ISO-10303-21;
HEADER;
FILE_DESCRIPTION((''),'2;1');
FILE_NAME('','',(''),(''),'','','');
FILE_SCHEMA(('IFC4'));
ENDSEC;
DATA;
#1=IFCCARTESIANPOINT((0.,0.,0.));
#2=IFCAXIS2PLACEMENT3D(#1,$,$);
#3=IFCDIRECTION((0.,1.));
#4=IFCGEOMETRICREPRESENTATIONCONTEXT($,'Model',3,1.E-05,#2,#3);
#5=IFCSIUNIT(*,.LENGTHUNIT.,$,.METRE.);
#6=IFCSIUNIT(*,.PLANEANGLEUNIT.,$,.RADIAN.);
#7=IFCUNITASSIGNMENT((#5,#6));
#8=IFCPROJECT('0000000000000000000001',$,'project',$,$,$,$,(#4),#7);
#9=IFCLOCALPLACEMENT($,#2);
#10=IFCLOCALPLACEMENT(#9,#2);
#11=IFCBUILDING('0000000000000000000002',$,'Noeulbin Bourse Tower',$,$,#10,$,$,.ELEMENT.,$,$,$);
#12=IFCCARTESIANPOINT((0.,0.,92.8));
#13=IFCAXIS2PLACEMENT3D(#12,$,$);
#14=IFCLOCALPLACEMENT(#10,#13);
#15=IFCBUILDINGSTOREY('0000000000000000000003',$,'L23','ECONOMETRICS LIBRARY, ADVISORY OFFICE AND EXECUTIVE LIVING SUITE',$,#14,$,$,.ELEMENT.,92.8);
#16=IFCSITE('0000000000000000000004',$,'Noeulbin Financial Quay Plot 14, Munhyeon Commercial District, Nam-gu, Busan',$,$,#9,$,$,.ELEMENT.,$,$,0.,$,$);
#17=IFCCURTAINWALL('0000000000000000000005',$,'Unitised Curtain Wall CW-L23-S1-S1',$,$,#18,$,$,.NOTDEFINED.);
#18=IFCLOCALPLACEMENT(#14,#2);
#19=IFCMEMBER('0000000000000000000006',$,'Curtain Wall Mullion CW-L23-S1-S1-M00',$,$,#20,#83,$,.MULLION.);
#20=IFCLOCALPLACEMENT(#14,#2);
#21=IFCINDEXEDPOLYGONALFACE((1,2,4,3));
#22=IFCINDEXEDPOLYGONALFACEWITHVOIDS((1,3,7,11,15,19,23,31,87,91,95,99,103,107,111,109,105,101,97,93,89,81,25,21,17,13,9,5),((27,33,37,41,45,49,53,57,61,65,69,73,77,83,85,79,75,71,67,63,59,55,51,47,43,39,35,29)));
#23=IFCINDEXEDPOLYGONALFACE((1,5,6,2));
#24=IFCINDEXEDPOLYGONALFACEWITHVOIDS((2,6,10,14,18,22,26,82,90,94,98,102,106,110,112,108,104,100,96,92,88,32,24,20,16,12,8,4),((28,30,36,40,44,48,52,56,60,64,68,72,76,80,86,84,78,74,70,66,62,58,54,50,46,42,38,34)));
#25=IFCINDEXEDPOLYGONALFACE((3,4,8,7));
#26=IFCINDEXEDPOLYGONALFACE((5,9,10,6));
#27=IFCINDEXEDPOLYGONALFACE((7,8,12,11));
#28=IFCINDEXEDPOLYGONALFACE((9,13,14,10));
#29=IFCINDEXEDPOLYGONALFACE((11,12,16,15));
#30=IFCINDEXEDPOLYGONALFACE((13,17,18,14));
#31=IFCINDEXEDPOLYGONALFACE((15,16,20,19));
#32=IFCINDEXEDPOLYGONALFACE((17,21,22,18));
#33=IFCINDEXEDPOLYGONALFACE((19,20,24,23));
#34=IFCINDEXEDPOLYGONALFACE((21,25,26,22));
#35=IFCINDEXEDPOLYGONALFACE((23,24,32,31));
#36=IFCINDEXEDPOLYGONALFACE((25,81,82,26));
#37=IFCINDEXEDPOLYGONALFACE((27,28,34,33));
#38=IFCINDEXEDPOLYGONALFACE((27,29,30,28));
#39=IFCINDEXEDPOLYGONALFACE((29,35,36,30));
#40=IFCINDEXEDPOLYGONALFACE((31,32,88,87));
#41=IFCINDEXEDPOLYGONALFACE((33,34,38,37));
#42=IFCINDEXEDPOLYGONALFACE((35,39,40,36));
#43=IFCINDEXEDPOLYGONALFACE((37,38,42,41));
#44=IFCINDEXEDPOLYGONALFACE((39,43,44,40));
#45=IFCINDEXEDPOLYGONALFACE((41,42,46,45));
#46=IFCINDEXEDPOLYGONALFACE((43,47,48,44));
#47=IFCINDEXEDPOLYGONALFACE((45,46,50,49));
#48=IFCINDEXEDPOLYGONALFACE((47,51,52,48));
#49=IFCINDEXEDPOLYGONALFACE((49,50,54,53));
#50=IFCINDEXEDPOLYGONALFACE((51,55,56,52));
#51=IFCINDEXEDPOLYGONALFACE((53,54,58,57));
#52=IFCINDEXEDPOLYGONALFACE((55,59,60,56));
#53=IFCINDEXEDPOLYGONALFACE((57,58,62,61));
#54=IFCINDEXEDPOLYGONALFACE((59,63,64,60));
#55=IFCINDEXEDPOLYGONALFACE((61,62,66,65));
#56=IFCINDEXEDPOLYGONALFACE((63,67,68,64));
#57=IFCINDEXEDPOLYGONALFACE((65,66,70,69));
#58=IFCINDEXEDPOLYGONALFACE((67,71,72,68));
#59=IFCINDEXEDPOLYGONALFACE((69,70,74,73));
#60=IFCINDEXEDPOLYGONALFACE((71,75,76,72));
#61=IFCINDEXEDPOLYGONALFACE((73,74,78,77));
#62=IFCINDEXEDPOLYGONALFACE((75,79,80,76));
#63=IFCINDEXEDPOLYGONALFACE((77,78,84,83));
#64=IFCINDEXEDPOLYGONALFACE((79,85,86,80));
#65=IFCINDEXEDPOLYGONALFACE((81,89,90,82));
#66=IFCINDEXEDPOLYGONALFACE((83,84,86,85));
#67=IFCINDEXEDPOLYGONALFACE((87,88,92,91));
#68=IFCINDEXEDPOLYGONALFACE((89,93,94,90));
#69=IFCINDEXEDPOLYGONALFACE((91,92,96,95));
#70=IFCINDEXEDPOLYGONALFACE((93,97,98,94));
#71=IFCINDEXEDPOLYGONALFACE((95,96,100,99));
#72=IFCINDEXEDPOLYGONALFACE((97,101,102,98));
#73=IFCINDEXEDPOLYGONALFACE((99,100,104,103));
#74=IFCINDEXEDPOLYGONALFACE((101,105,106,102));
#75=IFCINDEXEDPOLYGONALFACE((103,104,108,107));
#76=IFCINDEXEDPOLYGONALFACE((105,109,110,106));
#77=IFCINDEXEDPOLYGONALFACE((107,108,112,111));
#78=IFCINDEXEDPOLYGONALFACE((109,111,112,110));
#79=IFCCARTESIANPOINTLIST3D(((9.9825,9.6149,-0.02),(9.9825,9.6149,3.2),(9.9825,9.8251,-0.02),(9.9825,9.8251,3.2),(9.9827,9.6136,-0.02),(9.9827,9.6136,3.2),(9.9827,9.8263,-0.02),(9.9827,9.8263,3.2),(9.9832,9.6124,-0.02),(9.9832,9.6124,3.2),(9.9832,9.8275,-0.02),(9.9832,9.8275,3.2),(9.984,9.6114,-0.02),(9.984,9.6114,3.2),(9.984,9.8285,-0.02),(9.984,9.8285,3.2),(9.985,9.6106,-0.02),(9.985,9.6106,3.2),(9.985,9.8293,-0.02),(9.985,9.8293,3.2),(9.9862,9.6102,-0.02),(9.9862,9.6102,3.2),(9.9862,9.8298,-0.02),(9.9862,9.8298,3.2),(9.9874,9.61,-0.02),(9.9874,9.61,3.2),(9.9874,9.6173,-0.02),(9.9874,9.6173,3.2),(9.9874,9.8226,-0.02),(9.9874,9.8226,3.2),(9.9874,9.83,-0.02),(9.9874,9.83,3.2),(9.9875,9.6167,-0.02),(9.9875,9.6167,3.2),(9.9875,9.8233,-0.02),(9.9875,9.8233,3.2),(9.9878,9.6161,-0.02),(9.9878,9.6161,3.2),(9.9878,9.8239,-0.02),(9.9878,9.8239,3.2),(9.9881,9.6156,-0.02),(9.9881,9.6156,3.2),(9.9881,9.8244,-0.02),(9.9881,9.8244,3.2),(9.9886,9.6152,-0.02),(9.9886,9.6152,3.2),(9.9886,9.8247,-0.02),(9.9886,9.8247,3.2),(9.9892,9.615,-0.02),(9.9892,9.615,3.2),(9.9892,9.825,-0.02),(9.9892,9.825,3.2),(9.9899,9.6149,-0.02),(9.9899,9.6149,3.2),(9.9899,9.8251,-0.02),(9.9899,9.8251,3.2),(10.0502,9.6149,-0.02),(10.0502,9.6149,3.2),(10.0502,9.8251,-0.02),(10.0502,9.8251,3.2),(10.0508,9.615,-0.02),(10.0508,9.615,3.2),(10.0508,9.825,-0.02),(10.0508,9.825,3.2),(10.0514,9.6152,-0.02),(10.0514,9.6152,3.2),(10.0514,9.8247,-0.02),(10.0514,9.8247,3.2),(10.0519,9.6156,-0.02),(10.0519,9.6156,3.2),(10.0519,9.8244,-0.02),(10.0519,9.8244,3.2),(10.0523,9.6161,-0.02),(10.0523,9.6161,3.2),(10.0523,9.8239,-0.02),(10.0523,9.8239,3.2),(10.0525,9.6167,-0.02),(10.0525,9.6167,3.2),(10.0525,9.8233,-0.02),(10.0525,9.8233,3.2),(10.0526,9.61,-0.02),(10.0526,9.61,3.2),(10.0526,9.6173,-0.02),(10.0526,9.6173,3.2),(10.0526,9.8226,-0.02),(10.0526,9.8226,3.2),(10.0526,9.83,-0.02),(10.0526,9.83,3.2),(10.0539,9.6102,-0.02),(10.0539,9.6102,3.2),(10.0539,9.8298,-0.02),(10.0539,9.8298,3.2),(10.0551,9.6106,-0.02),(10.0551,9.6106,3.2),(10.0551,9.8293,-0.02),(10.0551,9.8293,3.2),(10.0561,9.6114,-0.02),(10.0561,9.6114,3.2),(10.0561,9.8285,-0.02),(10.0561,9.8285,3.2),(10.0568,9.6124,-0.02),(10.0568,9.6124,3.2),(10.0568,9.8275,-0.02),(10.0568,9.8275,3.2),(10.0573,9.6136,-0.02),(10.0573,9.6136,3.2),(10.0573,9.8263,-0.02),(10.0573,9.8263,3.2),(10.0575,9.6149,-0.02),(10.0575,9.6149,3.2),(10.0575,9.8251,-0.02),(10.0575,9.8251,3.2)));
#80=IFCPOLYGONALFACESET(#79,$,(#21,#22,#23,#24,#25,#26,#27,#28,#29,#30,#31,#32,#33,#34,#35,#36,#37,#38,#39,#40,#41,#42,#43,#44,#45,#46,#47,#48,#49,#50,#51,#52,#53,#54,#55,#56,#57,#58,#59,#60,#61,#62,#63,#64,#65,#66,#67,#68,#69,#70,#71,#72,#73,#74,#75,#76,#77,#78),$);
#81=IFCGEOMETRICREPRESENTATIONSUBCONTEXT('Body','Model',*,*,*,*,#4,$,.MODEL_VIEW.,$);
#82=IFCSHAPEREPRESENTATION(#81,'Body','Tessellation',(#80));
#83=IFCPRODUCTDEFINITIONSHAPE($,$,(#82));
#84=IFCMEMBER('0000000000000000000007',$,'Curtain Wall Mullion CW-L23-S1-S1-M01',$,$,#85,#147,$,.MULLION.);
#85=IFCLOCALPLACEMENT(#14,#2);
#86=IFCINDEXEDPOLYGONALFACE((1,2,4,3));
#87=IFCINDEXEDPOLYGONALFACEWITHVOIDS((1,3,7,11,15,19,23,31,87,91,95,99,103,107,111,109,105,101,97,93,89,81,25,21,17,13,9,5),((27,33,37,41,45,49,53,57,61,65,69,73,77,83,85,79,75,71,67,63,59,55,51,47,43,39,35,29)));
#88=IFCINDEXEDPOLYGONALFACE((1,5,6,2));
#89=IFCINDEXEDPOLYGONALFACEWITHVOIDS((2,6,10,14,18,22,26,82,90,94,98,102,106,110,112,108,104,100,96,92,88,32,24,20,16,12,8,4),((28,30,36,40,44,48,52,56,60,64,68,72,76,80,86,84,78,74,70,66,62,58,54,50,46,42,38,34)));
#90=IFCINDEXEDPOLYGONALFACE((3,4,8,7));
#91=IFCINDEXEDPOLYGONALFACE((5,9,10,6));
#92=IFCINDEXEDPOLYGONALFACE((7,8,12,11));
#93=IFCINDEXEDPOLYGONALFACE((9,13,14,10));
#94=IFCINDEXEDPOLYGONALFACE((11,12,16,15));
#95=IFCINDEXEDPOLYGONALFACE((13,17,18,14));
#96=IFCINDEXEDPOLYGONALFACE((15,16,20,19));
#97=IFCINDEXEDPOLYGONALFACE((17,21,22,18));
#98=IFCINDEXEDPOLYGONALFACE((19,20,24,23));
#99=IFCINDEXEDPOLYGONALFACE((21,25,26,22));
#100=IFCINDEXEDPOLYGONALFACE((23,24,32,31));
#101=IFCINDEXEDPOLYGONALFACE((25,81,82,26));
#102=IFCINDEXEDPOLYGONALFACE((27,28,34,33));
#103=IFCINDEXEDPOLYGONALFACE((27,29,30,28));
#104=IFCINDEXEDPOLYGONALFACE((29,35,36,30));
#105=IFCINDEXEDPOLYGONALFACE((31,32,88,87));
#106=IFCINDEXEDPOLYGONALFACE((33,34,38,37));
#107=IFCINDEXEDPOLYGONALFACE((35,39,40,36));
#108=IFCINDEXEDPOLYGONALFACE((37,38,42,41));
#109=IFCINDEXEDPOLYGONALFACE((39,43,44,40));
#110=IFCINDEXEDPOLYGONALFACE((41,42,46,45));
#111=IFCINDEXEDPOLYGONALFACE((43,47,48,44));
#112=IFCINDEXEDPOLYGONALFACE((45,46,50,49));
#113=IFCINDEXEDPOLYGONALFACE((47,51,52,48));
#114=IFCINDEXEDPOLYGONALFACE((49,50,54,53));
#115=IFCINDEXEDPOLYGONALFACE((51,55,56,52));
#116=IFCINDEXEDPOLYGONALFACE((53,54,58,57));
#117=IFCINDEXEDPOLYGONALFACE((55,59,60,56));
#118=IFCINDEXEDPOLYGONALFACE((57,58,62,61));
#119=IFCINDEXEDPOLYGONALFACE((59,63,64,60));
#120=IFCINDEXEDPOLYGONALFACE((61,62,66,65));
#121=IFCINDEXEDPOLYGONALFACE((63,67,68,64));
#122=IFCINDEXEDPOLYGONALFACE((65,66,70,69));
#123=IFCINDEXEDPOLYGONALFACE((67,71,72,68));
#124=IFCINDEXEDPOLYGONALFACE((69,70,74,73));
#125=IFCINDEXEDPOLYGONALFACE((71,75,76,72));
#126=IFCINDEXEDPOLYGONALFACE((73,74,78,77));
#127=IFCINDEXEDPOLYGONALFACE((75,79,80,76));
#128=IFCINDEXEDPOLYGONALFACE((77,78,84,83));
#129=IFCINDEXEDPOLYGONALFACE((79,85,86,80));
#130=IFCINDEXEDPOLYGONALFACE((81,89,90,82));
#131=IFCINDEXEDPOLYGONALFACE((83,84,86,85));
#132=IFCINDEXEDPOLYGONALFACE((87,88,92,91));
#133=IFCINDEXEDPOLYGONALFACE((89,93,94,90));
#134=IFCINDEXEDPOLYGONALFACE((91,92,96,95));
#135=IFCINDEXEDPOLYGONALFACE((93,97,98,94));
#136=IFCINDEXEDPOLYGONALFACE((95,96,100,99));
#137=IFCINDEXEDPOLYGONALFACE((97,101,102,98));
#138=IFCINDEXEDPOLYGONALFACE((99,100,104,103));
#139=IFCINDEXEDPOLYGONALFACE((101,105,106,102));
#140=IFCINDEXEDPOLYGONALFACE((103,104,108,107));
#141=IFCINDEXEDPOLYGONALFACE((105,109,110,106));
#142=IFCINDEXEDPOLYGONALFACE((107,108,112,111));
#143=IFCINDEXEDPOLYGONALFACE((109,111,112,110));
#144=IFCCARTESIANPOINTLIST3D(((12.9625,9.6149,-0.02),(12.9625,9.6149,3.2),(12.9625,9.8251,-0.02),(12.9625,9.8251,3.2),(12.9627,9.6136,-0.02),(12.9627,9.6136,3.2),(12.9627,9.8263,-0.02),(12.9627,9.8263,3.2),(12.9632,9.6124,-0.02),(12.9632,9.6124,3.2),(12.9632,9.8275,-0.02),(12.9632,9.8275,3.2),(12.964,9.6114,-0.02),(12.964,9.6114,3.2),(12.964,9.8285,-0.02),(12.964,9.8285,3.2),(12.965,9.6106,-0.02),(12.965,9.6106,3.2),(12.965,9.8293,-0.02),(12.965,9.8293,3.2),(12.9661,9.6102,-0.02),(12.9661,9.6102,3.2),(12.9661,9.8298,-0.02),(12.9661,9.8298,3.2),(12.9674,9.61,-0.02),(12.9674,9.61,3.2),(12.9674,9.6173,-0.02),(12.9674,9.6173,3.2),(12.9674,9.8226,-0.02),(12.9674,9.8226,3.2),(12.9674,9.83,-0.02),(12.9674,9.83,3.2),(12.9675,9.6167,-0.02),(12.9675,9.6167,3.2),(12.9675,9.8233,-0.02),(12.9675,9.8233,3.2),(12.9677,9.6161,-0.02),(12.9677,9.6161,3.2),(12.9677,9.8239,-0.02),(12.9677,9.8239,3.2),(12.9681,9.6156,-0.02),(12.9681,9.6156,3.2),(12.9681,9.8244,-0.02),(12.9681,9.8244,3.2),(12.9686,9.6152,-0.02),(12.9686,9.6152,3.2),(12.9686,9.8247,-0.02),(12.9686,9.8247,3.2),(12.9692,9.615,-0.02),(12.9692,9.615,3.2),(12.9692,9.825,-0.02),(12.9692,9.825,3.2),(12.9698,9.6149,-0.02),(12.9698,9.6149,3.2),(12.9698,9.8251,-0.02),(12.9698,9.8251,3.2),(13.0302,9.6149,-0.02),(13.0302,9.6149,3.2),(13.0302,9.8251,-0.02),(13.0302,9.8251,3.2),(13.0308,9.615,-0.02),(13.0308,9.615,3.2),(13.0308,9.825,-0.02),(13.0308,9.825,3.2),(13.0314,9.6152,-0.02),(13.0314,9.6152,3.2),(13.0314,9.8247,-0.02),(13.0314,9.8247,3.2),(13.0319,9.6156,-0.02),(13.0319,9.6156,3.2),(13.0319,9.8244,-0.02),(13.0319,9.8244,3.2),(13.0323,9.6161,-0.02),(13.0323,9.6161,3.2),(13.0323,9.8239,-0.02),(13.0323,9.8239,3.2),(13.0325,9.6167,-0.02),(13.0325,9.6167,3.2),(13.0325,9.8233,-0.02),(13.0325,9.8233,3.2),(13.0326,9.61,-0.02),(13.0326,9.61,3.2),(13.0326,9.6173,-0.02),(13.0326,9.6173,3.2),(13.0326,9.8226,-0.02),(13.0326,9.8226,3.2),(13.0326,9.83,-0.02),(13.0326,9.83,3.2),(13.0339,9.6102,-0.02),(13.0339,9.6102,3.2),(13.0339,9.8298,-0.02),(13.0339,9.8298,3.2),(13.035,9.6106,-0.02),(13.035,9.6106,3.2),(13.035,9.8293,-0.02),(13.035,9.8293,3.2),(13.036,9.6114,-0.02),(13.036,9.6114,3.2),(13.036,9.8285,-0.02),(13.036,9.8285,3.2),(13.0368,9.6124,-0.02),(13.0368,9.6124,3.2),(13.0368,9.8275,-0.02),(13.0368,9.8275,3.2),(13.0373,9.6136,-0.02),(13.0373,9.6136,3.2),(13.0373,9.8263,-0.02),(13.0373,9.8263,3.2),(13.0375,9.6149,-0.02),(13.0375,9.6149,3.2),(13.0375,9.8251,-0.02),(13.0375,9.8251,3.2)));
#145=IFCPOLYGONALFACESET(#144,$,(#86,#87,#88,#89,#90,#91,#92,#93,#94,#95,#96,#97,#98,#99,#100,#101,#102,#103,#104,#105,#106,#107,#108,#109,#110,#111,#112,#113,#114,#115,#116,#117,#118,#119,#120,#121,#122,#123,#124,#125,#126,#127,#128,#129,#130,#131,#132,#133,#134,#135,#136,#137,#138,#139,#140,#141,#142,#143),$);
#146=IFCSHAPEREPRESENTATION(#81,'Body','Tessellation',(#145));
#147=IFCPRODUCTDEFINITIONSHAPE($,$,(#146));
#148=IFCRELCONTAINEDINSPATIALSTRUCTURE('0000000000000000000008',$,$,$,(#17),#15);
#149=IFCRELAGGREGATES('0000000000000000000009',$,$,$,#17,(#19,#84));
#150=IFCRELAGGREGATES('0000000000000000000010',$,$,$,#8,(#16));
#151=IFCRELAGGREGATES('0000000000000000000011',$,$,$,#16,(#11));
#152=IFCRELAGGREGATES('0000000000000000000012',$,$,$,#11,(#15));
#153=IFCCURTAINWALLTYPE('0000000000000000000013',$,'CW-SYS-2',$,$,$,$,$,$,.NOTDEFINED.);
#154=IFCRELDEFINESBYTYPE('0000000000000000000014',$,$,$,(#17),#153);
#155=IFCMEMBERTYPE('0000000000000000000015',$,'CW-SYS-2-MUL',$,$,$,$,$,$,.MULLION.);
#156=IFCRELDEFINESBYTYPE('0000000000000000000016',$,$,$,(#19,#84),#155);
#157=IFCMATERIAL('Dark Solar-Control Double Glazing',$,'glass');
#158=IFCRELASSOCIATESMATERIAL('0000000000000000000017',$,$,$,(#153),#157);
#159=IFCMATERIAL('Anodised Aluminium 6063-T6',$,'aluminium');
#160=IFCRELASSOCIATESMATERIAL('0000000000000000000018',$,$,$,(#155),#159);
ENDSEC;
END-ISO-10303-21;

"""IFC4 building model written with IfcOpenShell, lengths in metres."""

from ifc_helpers import new_model, si_unit, direction, frame, origin, origin_2d, place, context, subcontext, project, spatial, hollow_rectangle, extrude, material, material_profile, profile_set, type_object, element, aggregate, save


model = new_model("IFC4")

# Units and contexts
model_context = context("Model", 3, precision=1e-05, world=origin(), true_north=direction((0.0, 1.0)))
body_context = subcontext(model_context, "Body", "Model", "MODEL_VIEW")
ifc_project = project(units=[si_unit("LENGTHUNIT", "METRE"), si_unit("PLANEANGLEUNIT", "RADIAN")], contexts=[model_context])

# Site, building, storey
site_placement = place(None, origin())
site = spatial("IfcSite", under=ifc_project, at=site_placement, Name="Noeulbin Financial Quay Plot 14, Munhyeon Commercial District, Nam-gu, Busan", CompositionType="ELEMENT", RefElevation=0.0)
building_placement = place(site_placement, origin())
building = spatial("IfcBuilding", under=site, at=building_placement, Name="Noeulbin Bourse Tower", CompositionType="ELEMENT")
storey_placement = place(building_placement, frame((0.0, 0.0, 92.8)))
storey = spatial("IfcBuildingStorey", under=building, at=storey_placement, Name="L23", Description="ECONOMETRICS LIBRARY, ADVISORY OFFICE AND EXECUTIVE LIVING SUITE", CompositionType="ELEMENT", Elevation=92.8)

# Curtain wall, members
ifc_material_1 = material(Name="Dark Solar-Control Double Glazing", Category="glass")
curtain_wall_type = type_object("IfcCurtainWallType", Name="CW-SYS-2", PredefinedType="NOTDEFINED", material=ifc_material_1)
curtain_wall_1_placement = place(storey_placement, origin())
curtain_wall_1 = element("IfcCurtainWall", 1, at=curtain_wall_1_placement, inside=storey, type_object=curtain_wall_type, Name="Unitised Curtain Wall CW-L23-S1-S1", PredefinedType="NOTDEFINED")
ifc_material_2 = material(Name="Anodised Aluminium 6063-T6", Category="aluminium")
ifc_material_profile_1 = material_profile(ifc_material_2, hollow_rectangle(XDim=0.075, YDim=0.22, WallThickness=0.0049, InnerFilletRadius=0.0024, OuterFilletRadius=0.0049, at=origin_2d()), Name="ALU-MULL-75x220x5", Category="LoadBearing")
ifc_profile_set_1 = profile_set([ifc_material_profile_1], Name="Anodised Aluminium 6063-T6")
member_type_1 = type_object("IfcMemberType", Name="CW-SYS-2-MUL", PredefinedType="MULLION", material=ifc_profile_set_1)
member_1_placement = place(storey_placement, frame((10.02, 9.72, -0.02), z_axis=(0.0, 0.0, 1.0), x_axis=(1.0, 0.0, 0.0)))
member_1 = element("IfcMember", 2, at=member_1_placement, type_object=member_type_1, Name="Curtain Wall Mullion CW-L23-S1-S1-M00", PredefinedType="MULLION", context=body_context, shape_type="SweptSolid", body=[
    extrude(hollow_rectangle(XDim=0.075, YDim=0.22, WallThickness=0.0049, InnerFilletRadius=0.0024, OuterFilletRadius=0.0049, at=origin_2d()), origin(), (0.0, 0.0, 1.0), 3.22),
])
member_2_placement = place(storey_placement, frame((13.0, 9.72, -0.02), z_axis=(0.0, 0.0, 1.0), x_axis=(1.0, 0.0, 0.0)))
member_2 = element("IfcMember", 3, at=member_2_placement, type_object=member_type_1, Name="Curtain Wall Mullion CW-L23-S1-S1-M01", PredefinedType="MULLION", context=body_context, shape_type="SweptSolid", body=[
    extrude(hollow_rectangle(XDim=0.075, YDim=0.22, WallThickness=0.0049, InnerFilletRadius=0.0024, OuterFilletRadius=0.0049, at=origin_2d()), origin(), (0.0, 0.0, 1.0), 3.22),
])

aggregate(curtain_wall_1, [member_1, member_2])

save(model, "model.ifc")
